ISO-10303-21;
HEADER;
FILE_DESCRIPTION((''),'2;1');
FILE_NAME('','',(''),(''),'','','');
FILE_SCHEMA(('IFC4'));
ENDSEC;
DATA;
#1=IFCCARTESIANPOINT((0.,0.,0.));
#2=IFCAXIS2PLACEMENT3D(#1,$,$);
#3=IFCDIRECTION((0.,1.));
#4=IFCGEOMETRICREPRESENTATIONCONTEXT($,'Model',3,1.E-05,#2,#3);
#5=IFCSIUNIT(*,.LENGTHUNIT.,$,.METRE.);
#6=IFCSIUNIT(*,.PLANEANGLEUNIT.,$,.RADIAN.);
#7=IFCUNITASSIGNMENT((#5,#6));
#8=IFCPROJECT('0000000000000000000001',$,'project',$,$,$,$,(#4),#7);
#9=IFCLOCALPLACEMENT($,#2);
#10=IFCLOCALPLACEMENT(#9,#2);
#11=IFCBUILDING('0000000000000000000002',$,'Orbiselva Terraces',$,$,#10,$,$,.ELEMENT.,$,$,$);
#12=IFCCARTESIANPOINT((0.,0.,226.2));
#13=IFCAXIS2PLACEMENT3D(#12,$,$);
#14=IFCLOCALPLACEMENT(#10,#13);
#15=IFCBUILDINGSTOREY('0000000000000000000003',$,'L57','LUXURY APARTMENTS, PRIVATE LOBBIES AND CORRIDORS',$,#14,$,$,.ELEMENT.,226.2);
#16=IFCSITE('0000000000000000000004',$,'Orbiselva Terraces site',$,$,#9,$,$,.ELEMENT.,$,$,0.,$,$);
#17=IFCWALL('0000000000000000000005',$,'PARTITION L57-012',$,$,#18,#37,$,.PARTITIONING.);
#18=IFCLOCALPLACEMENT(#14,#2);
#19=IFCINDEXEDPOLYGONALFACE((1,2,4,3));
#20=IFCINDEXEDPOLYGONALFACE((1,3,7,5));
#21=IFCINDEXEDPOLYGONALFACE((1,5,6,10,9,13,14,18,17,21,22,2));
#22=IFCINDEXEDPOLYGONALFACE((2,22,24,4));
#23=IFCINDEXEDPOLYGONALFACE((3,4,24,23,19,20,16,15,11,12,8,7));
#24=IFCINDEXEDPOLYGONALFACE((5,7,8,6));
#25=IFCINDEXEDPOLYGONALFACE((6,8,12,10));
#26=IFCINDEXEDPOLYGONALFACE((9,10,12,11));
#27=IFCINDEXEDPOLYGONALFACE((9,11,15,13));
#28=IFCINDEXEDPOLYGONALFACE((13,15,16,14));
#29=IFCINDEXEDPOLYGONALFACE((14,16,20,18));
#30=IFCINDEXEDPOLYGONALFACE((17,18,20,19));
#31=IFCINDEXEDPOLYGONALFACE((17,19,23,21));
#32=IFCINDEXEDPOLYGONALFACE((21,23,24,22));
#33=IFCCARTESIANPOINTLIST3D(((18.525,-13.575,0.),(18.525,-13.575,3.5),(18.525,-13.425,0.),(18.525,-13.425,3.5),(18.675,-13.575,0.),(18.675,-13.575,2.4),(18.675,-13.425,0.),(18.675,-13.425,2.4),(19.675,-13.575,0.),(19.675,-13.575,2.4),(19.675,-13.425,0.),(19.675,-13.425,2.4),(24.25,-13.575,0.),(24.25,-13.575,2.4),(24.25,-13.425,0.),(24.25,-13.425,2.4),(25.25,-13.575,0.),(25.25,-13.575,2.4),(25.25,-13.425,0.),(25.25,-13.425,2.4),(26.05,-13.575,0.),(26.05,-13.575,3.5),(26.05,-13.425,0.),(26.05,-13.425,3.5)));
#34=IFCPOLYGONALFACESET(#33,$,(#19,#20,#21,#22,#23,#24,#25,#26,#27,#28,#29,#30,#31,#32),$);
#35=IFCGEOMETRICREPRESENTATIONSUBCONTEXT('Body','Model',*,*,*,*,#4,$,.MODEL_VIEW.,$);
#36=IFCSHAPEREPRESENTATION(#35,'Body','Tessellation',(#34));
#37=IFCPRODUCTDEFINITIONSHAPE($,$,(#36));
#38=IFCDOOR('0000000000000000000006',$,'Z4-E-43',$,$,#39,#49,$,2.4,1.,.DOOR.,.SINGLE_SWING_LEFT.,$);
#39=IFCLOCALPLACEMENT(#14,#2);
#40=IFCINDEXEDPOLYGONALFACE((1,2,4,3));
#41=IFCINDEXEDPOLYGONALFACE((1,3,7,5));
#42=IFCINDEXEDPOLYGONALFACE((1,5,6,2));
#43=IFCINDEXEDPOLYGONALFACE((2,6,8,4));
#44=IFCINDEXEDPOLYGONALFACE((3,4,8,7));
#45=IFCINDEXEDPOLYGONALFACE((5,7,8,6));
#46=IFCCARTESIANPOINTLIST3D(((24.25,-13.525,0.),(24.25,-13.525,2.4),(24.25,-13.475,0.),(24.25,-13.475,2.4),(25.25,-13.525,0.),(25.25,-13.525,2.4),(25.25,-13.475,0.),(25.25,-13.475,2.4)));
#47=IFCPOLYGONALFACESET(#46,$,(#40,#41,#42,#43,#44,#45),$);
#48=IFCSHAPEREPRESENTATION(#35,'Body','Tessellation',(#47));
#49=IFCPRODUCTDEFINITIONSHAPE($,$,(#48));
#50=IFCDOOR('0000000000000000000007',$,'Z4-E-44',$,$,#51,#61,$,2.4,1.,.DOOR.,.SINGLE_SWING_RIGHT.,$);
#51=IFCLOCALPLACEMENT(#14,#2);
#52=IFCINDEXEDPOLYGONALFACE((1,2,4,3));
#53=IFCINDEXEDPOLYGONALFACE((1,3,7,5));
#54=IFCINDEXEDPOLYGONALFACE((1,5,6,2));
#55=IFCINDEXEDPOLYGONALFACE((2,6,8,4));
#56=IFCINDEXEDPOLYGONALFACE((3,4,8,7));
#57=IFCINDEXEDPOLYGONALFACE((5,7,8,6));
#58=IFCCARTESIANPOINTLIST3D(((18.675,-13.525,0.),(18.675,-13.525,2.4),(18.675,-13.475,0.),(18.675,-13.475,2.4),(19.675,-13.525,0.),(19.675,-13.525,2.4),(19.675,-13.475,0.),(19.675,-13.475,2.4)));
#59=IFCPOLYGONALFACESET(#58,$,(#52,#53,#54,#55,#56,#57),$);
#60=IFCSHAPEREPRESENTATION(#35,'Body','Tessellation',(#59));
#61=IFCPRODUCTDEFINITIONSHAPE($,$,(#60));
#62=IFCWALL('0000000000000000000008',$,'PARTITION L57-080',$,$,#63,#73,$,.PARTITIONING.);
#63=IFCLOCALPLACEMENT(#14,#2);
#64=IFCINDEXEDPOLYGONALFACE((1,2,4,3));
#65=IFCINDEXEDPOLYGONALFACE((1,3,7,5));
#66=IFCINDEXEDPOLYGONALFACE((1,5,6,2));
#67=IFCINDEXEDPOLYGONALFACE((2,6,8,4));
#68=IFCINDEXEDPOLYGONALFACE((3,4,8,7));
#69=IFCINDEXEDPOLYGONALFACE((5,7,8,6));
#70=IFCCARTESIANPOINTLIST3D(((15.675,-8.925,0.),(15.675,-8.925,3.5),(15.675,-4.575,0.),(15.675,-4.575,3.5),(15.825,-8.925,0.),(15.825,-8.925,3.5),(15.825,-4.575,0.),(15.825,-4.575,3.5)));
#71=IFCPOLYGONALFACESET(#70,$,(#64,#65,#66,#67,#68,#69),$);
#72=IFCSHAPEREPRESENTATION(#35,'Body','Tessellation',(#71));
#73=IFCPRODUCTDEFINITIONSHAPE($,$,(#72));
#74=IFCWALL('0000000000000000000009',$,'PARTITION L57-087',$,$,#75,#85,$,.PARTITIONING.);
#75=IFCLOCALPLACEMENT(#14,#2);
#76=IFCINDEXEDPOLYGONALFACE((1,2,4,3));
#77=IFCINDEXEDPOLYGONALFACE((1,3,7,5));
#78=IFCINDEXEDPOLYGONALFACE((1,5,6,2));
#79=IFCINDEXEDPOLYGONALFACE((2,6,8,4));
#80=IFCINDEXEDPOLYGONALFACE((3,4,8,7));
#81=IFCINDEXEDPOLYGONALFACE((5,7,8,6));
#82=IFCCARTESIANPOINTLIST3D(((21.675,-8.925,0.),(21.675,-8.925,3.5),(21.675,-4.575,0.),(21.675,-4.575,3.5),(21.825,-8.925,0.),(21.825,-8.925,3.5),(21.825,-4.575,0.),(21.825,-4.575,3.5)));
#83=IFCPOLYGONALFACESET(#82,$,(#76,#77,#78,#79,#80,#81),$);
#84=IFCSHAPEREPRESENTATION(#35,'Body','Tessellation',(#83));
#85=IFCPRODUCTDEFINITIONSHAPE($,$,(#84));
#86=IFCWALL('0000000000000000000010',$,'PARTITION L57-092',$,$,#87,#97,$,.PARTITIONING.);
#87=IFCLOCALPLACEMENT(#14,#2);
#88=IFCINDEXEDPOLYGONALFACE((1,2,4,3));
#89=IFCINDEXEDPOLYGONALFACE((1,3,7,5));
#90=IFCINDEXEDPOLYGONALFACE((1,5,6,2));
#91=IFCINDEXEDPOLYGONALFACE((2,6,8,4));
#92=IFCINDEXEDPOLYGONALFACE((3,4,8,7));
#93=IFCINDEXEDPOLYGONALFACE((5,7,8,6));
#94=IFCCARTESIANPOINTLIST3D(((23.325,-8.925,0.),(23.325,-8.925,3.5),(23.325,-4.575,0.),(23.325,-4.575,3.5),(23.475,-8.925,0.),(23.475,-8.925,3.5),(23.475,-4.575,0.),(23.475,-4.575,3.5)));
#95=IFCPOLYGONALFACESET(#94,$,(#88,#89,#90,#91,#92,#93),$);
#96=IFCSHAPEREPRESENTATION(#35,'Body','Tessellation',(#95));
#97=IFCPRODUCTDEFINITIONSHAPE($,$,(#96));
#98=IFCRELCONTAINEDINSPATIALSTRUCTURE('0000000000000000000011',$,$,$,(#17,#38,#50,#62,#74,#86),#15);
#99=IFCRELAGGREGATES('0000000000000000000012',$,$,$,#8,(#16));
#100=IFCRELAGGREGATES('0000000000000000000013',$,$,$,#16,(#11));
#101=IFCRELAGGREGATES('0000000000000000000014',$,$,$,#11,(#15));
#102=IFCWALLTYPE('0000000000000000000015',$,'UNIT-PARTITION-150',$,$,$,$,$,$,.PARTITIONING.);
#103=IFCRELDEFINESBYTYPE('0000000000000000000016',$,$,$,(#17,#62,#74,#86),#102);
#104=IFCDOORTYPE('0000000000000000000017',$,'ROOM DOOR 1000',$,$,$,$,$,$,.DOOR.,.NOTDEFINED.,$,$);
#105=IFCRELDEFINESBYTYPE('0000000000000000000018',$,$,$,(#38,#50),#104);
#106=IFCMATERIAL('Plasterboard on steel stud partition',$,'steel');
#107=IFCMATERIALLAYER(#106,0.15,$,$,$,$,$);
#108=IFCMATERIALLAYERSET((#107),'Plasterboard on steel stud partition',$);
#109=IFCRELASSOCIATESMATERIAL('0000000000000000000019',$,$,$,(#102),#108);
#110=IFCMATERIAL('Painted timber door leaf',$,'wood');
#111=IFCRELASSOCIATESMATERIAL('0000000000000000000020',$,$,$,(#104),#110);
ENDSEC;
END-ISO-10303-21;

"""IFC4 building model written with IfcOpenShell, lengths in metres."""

from ifc_helpers import new_model, si_unit, direction, frame, frame_2d, origin, place, context, subcontext, project, spatial, rectangle, extrude, material, layer, layer_set, type_object, element, fill, save


model = new_model("IFC4")

# Units and contexts
model_context = context("Model", 3, precision=1e-05, world=origin(), true_north=direction((0.0, 1.0)))
body_context = subcontext(model_context, "Body", "Model", "MODEL_VIEW")
ifc_project = project(units=[si_unit("LENGTHUNIT", "METRE"), si_unit("PLANEANGLEUNIT", "RADIAN")], contexts=[model_context])

# Site, building, storey
site_placement = place(None, origin())
site = spatial("IfcSite", under=ifc_project, at=site_placement, Name="Orbiselva Terraces site", CompositionType="ELEMENT", RefElevation=0.0)
building_placement = place(site_placement, origin())
building = spatial("IfcBuilding", under=site, at=building_placement, Name="Orbiselva Terraces", CompositionType="ELEMENT")
storey_placement = place(building_placement, frame((0.0, 0.0, 226.2)))
storey = spatial("IfcBuildingStorey", under=building, at=storey_placement, Name="L57", Description="LUXURY APARTMENTS, PRIVATE LOBBIES AND CORRIDORS", CompositionType="ELEMENT", Elevation=226.2)

# Shared definitions
ifc_material_1 = material(Name="Plasterboard on steel stud partition", Category="steel")
ifc_layer_1 = layer(ifc_material_1, 0.15)
ifc_layer_set_1 = layer_set([ifc_layer_1], Name="Plasterboard on steel stud partition")
wall_type_1 = type_object("IfcWallType", Name="UNIT-PARTITION-150", PredefinedType="PARTITIONING", material=ifc_layer_set_1)
ifc_material_2 = material(Name="Painted timber door leaf", Category="wood")

# Wall, openings, doors
wall_1_placement = place(storey_placement, frame((26.05, -13.5, 0.0), z_axis=(0.0, 0.0, 1.0), x_axis=(-1.0, 0.0, 0.0)))
wall_1 = element("IfcWall", 1, at=wall_1_placement, inside=storey, type_object=wall_type_1, Name="PARTITION L57-012", PredefinedType="PARTITIONING", context=body_context, shape_type="SweptSolid", body=[
    extrude(rectangle(XDim=7.525, YDim=0.15, at=frame_2d((3.7625, 0.0))), origin(), (0.0, 0.0, 1.0), 3.5),
])
opening_1_placement = place(wall_1_placement, frame((0.8, 0.0, 0.0)))
opening_1 = element("IfcOpeningElement", 2, at=opening_1_placement, cuts=wall_1, PredefinedType="OPENING", context=body_context, shape_type="SweptSolid", body=[
    extrude(rectangle(XDim=1.0, YDim=2.4, at=frame_2d((0.5, 1.2))), frame((0.0, 0.085, 0.0), z_axis=(0.0, -1.0, 0.0), x_axis=(1.0, 0.0, 0.0)), (0.0, 0.0, 1.0), 0.17),
])
opening_2_placement = place(wall_1_placement, frame((6.375, 0.0, 0.0)))
opening_2 = element("IfcOpeningElement", 3, at=opening_2_placement, cuts=wall_1, PredefinedType="OPENING", context=body_context, shape_type="SweptSolid", body=[
    extrude(rectangle(XDim=1.0, YDim=2.4, at=frame_2d((0.5, 1.2))), frame((0.0, 0.085, 0.0), z_axis=(0.0, -1.0, 0.0), x_axis=(1.0, 0.0, 0.0)), (0.0, 0.0, 1.0), 0.17),
])
door_type_1 = type_object("IfcDoorType", Name="ROOM DOOR 1000", OperationType="NOTDEFINED", PredefinedType="DOOR", material=ifc_material_2)
door_1_placement = place(opening_1_placement, origin())
door_1 = element("IfcDoor", 4, at=door_1_placement, inside=storey, type_object=door_type_1, Name="Z4-E-43", OperationType="SINGLE_SWING_LEFT", OverallHeight=2.4, OverallWidth=1.0, PredefinedType="DOOR", context=body_context, shape_type="SweptSolid", body=[
    extrude(rectangle(XDim=1.0, YDim=2.4, at=frame_2d((0.5, 1.2))), frame((0.0, 0.025, 0.0), z_axis=(0.0, -1.0, 0.0), x_axis=(1.0, 0.0, 0.0)), (0.0, 0.0, 1.0), 0.05),
])
fill(opening_1, door_1)
door_2_placement = place(opening_2_placement, origin())
door_2 = element("IfcDoor", 5, at=door_2_placement, inside=storey, type_object=door_type_1, Name="Z4-E-44", OperationType="SINGLE_SWING_RIGHT", OverallHeight=2.4, OverallWidth=1.0, PredefinedType="DOOR", context=body_context, shape_type="SweptSolid", body=[
    extrude(rectangle(XDim=1.0, YDim=2.4, at=frame_2d((0.5, 1.2))), frame((0.0, 0.025, 0.0), z_axis=(0.0, -1.0, 0.0), x_axis=(1.0, 0.0, 0.0)), (0.0, 0.0, 1.0), 0.05),
])
fill(opening_2, door_2)

# Walls
for number, where, z_axis, x_axis, name in (
    (6, (15.75, -8.925, 0.0), (0.0, 0.0, 1.0), (0.0, 1.0, 0.0), "PARTITION L57-080"),
    (7, (21.75, -8.925, 0.0), (0.0, 0.0, 1.0), (0.0, 1.0, 0.0), "PARTITION L57-087"),
    (8, (23.4, -8.925, 0.0), (0.0, 0.0, 1.0), (0.0, 1.0, 0.0), "PARTITION L57-092"),
):
    element("IfcWall", number, at=place(storey_placement, frame(where, z_axis=z_axis, x_axis=x_axis)), inside=storey, type_object=wall_type_1, Name=name, PredefinedType="PARTITIONING", context=body_context, shape_type="SweptSolid", body=[
        extrude(rectangle(XDim=4.35, YDim=0.15, at=frame_2d((2.175, 0.0))), origin(), (0.0, 0.0, 1.0), 3.5),
    ])

save(model, "model.ifc")
